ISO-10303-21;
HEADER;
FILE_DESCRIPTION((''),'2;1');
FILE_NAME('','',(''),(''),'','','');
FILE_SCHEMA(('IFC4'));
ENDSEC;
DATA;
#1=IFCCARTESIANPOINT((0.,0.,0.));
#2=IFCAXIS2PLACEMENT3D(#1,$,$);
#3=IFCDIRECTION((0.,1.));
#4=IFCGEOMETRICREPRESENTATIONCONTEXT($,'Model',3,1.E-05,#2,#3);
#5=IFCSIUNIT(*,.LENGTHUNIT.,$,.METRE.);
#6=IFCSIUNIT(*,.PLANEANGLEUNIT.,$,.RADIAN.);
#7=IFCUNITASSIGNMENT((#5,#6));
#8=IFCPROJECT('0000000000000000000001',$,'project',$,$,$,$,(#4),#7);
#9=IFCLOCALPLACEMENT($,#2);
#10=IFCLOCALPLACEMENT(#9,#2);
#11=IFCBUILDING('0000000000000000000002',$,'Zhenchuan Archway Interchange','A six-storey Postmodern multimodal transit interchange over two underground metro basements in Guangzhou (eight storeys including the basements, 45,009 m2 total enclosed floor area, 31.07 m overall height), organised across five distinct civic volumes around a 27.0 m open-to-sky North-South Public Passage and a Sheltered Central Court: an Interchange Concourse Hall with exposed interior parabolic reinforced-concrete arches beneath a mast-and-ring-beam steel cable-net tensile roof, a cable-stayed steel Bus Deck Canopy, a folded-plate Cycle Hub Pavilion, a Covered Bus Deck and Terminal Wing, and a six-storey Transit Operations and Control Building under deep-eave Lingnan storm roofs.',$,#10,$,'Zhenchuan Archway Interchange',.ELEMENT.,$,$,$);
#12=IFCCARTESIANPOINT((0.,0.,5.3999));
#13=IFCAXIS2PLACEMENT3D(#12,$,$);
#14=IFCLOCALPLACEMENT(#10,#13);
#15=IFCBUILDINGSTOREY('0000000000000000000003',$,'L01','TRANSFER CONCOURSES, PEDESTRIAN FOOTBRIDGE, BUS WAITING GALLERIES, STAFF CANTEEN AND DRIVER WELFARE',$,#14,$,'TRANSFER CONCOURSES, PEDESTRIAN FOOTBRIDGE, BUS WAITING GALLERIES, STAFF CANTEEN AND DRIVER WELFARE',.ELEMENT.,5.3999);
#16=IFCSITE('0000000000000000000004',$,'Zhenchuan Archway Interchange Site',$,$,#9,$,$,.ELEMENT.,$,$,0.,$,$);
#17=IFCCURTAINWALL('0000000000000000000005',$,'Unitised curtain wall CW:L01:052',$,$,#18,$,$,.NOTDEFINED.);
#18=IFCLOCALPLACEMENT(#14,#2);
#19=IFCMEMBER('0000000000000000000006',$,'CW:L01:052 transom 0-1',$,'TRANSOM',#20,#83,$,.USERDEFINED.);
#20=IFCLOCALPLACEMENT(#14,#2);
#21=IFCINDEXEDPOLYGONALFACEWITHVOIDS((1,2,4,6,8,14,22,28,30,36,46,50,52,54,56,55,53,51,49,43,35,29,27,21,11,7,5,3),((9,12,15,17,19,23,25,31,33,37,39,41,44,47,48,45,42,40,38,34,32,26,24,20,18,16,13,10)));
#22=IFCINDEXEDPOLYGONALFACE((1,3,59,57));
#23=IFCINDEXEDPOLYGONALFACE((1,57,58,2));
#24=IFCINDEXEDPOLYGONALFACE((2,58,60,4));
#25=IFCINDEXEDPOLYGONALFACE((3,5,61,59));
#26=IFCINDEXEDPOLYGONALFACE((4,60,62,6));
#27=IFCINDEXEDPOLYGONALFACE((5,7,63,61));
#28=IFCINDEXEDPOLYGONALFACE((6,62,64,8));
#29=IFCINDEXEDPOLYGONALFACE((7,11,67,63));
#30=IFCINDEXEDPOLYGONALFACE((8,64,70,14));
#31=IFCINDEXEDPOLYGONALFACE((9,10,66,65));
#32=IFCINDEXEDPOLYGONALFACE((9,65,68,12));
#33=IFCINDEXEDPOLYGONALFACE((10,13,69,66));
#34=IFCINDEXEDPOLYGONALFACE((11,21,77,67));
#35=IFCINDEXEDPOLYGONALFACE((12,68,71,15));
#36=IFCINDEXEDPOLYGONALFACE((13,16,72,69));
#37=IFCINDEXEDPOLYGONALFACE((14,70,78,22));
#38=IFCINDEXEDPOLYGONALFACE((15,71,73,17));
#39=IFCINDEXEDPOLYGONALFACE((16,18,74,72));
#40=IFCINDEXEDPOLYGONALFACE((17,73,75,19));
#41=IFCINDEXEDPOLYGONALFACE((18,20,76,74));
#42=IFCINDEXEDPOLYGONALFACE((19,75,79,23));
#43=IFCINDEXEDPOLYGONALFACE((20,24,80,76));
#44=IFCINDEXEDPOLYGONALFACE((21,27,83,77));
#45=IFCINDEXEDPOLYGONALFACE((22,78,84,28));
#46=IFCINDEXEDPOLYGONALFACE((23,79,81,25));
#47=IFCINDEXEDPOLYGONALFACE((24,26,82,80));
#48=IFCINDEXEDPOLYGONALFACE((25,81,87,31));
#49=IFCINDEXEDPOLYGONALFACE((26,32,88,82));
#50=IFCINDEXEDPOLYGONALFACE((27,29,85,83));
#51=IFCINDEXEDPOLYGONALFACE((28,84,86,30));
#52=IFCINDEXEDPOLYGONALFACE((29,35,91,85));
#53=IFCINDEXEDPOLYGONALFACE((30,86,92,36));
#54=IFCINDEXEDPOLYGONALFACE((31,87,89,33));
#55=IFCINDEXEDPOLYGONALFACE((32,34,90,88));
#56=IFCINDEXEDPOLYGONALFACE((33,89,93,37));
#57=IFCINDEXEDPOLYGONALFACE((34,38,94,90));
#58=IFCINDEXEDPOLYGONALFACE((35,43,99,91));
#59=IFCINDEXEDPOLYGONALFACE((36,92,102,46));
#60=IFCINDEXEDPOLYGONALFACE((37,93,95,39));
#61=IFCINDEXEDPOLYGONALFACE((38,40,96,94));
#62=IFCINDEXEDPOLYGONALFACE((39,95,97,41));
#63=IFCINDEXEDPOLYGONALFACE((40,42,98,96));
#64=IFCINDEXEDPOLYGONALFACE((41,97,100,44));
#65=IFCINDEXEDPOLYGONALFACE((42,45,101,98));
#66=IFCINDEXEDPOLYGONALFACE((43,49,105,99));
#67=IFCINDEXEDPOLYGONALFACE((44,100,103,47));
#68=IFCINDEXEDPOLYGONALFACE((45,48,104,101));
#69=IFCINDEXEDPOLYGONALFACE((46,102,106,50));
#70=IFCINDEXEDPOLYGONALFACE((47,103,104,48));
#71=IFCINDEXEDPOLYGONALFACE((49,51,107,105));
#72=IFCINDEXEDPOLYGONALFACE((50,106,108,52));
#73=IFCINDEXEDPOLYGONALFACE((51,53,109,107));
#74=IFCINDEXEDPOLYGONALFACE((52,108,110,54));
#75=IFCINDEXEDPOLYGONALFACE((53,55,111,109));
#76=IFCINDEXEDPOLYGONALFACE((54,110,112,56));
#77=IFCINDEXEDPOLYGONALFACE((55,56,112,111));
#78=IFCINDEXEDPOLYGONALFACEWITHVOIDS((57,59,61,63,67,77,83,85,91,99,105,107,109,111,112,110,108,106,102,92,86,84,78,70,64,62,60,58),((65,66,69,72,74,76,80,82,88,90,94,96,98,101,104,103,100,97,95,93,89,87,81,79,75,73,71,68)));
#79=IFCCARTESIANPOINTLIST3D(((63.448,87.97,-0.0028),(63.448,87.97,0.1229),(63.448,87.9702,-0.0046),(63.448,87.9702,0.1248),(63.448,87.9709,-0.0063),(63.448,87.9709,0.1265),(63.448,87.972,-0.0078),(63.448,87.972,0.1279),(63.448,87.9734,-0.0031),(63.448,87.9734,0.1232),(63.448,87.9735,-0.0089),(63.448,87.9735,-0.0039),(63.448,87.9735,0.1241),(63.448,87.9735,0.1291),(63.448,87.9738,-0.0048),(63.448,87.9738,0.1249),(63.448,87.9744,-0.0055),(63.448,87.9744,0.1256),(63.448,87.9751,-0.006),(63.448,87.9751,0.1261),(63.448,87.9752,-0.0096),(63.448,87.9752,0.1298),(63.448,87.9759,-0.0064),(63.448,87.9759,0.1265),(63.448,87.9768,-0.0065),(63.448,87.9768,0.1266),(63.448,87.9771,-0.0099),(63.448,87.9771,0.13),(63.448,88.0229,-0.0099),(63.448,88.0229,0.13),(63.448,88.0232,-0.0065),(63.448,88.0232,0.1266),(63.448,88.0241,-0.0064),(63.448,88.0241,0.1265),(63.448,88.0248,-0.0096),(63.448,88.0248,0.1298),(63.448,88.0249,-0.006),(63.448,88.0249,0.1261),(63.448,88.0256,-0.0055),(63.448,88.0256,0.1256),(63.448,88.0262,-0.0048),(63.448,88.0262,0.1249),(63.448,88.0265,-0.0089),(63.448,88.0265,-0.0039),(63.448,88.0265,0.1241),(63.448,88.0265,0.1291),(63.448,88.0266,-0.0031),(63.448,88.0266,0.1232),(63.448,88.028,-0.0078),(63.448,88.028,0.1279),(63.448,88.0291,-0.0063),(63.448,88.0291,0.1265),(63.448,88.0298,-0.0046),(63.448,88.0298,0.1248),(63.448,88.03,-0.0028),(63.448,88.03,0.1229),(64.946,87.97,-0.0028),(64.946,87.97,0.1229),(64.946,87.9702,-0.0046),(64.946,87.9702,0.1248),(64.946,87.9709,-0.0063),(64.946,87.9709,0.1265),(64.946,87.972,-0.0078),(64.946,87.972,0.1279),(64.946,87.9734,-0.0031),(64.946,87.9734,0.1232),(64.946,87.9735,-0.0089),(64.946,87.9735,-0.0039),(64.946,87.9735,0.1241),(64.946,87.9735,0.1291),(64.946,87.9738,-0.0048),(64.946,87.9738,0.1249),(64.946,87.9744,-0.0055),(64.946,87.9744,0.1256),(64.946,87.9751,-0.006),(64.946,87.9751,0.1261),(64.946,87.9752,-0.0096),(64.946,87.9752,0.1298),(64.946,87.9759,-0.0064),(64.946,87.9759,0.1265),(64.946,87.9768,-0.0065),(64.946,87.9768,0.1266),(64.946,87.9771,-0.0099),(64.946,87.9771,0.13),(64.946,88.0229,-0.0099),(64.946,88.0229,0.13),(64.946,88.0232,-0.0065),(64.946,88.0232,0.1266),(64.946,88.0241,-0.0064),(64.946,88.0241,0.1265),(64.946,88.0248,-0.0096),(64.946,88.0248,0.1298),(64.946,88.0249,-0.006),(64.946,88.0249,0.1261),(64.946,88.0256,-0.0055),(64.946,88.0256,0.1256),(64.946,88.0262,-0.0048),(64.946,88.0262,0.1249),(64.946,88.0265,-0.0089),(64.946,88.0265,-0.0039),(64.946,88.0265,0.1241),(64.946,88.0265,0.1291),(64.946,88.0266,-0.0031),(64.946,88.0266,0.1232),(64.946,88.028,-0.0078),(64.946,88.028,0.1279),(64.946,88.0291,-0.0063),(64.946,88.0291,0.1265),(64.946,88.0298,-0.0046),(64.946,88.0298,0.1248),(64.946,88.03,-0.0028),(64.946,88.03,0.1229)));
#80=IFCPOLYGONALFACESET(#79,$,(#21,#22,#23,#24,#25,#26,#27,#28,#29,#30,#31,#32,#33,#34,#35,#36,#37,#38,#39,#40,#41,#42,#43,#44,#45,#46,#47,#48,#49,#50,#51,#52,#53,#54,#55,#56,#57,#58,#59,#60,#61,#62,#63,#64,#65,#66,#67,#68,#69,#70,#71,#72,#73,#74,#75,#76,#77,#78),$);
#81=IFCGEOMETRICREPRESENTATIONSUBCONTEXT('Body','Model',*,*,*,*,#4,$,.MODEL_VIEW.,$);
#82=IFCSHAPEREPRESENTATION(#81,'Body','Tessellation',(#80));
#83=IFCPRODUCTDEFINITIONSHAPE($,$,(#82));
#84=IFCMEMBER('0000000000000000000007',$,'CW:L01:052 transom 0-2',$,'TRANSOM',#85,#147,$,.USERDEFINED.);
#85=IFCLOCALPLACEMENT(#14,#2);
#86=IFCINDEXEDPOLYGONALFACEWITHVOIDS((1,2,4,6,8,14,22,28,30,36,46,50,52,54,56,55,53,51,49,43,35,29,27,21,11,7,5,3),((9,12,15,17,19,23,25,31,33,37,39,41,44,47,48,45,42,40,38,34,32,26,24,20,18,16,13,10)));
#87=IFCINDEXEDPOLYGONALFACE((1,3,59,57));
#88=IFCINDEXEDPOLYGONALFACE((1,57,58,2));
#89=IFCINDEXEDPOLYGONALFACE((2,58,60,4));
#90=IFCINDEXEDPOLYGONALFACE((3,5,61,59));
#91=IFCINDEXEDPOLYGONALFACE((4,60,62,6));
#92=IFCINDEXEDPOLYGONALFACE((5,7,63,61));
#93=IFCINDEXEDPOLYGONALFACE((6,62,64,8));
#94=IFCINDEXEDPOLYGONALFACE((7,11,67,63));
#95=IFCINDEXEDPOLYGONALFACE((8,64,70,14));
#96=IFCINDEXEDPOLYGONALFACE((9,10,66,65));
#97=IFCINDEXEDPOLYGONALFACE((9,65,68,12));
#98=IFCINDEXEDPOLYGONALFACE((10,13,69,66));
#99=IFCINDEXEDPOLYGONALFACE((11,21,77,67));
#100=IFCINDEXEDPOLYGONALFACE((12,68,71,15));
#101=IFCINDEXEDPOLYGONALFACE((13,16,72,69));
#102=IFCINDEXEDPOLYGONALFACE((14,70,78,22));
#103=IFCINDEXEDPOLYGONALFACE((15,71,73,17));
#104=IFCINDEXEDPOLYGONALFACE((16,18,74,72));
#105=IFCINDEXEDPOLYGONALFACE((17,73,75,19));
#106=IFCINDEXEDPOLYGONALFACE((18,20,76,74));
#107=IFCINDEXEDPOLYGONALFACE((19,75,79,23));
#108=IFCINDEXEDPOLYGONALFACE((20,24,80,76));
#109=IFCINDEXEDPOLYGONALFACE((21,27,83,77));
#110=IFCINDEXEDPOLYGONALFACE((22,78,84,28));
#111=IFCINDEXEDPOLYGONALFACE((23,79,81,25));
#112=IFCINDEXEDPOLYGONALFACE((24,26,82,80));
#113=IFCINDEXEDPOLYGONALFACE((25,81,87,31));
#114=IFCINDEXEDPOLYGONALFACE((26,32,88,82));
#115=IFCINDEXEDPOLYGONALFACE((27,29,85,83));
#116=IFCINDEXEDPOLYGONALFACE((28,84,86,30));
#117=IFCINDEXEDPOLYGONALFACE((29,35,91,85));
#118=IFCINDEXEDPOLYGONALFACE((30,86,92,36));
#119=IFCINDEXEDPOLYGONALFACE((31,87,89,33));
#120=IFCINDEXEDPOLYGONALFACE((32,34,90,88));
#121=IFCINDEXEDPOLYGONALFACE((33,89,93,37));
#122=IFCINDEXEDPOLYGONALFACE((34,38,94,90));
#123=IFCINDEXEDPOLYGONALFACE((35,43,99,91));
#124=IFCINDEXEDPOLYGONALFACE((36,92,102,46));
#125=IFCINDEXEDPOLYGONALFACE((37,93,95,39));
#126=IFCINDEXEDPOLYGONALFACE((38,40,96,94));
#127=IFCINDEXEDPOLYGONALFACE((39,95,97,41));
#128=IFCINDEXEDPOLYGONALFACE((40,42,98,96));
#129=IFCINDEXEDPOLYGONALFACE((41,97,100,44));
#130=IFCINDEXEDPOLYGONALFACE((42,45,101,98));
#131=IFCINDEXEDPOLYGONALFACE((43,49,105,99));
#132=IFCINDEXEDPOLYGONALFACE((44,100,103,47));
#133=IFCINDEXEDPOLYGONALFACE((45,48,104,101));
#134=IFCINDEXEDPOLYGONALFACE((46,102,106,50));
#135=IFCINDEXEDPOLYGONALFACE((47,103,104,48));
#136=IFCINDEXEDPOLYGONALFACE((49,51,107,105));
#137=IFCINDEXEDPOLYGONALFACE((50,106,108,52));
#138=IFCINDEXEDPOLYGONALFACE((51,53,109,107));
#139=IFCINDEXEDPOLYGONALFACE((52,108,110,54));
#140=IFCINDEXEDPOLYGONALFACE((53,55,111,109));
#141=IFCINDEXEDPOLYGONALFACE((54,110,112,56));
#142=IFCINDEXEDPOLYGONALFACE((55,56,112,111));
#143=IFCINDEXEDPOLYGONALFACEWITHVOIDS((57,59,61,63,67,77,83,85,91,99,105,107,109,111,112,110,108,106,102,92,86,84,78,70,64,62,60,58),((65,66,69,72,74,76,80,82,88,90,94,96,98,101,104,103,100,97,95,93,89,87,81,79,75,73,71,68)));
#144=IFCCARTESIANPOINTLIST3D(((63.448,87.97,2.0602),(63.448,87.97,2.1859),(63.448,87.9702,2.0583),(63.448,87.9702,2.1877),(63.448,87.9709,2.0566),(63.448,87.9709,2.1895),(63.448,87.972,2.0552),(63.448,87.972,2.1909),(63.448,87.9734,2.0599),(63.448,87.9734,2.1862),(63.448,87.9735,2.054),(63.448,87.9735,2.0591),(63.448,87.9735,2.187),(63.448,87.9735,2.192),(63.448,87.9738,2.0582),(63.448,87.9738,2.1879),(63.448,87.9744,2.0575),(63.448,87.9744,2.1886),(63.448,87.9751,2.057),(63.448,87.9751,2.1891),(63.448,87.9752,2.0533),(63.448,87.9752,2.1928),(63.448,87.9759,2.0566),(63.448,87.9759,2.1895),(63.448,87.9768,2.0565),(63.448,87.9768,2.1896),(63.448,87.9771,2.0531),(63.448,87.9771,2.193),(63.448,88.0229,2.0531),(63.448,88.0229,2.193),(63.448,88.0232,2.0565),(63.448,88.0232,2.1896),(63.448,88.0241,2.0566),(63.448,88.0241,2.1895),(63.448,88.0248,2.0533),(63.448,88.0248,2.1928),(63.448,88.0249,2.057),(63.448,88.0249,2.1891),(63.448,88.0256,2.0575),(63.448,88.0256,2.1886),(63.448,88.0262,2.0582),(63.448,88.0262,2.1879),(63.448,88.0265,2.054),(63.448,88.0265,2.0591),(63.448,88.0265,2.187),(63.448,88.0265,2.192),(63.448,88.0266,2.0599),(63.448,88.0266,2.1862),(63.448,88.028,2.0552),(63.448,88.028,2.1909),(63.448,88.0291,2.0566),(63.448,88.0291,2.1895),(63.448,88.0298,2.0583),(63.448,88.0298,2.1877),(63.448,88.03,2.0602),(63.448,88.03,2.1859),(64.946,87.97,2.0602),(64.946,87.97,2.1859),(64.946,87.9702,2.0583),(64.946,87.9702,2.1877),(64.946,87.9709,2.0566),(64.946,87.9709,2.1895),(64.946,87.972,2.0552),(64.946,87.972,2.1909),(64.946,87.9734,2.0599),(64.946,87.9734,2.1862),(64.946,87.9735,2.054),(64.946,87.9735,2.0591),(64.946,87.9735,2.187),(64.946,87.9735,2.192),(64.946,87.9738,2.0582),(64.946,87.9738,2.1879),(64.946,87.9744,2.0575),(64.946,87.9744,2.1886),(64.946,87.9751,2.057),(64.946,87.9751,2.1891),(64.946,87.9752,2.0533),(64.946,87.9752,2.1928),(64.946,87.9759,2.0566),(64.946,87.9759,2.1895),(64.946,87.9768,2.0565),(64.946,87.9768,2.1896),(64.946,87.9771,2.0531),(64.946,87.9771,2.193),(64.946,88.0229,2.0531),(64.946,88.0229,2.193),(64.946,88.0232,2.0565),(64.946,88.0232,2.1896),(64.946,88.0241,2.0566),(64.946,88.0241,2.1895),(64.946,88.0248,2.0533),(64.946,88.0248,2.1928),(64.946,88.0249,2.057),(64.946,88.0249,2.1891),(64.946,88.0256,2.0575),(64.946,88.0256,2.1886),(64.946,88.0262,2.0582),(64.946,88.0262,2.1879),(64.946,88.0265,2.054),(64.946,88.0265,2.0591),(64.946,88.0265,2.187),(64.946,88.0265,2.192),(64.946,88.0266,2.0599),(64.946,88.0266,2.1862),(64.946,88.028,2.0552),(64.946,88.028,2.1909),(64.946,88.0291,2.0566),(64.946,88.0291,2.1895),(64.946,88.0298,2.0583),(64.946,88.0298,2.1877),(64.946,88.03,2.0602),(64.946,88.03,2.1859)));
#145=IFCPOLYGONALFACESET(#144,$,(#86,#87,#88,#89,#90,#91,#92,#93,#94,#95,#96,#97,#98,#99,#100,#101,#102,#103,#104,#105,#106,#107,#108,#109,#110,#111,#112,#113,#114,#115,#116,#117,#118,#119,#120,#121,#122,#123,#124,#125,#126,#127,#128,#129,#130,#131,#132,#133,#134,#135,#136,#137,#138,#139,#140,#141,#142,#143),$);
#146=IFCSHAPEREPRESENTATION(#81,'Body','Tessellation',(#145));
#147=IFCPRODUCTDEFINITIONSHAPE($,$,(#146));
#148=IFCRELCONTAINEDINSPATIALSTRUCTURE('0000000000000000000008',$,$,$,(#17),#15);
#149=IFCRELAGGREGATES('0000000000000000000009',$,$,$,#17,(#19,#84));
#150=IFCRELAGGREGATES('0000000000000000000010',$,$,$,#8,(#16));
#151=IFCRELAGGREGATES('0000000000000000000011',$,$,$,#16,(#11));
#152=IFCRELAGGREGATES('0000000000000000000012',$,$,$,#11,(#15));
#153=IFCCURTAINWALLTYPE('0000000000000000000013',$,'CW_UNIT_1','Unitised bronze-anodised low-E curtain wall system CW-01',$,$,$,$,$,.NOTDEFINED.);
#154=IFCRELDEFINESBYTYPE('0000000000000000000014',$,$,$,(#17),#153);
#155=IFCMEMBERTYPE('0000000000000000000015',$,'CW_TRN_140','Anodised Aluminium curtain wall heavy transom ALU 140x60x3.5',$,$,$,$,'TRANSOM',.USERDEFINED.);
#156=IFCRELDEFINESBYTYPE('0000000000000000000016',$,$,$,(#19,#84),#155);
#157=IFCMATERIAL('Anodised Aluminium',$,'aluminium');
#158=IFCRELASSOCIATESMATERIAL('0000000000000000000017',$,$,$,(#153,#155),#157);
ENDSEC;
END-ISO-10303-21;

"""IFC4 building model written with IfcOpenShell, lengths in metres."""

from ifc_helpers import new_model, si_unit, direction, frame, origin, origin_2d, place, context, subcontext, project, spatial, hollow_rectangle, extrude, material, material_profile, profile_set, type_object, element, aggregate, save


model = new_model("IFC4")

# Units and contexts
model_context = context("Model", 3, precision=1e-05, world=origin(), true_north=direction((0.0, 1.0)))
body_context = subcontext(model_context, "Body", "Model", "MODEL_VIEW")
ifc_project = project(units=[si_unit("LENGTHUNIT", "METRE"), si_unit("PLANEANGLEUNIT", "RADIAN")], contexts=[model_context])

# Site, building, storey
site_placement = place(None, origin())
site = spatial("IfcSite", under=ifc_project, at=site_placement, Name="Zhenchuan Archway Interchange Site", CompositionType="ELEMENT", RefElevation=0.0)
building_placement = place(site_placement, origin())
building = spatial("IfcBuilding", under=site, at=building_placement, Name="Zhenchuan Archway Interchange", Description="A six-storey Postmodern multimodal transit interchange over two underground metro basements in Guangzhou (eight storeys including the basements, 45,009 m2 total enclosed floor area, 31.07 m overall height), organised across five distinct civic volumes around a 27.0 m open-to-sky North-South Public Passage and a Sheltered Central Court: an Interchange Concourse Hall with exposed interior parabolic reinforced-concrete arches beneath a mast-and-ring-beam steel cable-net tensile roof, a cable-stayed steel Bus Deck Canopy, a folded-plate Cycle Hub Pavilion, a Covered Bus Deck and Terminal Wing, and a six-storey Transit Operations and Control Building under deep-eave Lingnan storm roofs.", LongName="Zhenchuan Archway Interchange", CompositionType="ELEMENT")
storey_placement = place(building_placement, frame((0.0, 0.0, 5.3999)))
storey = spatial("IfcBuildingStorey", under=building, at=storey_placement, Name="L01", Description="TRANSFER CONCOURSES, PEDESTRIAN FOOTBRIDGE, BUS WAITING GALLERIES, STAFF CANTEEN AND DRIVER WELFARE", LongName="TRANSFER CONCOURSES, PEDESTRIAN FOOTBRIDGE, BUS WAITING GALLERIES, STAFF CANTEEN AND DRIVER WELFARE", CompositionType="ELEMENT", Elevation=5.3999)

# Curtain wall, members
ifc_material_1 = material(Name="Anodised Aluminium", Category="aluminium")
curtain_wall_type = type_object("IfcCurtainWallType", Name="CW_UNIT_1", Description="Unitised bronze-anodised low-E curtain wall system CW-01", PredefinedType="NOTDEFINED", material=ifc_material_1)
curtain_wall_placement = place(storey_placement, origin())
curtain_wall = element("IfcCurtainWall", 1, at=curtain_wall_placement, inside=storey, type_object=curtain_wall_type, Name="Unitised curtain wall CW:L01:052", PredefinedType="NOTDEFINED")
ifc_material_profile_1 = material_profile(ifc_material_1, hollow_rectangle(XDim=0.0601, YDim=0.1399, WallThickness=0.0034, InnerFilletRadius=0.0034, OuterFilletRadius=0.0071, at=origin_2d()), Name="ALU 140x60x3.5")
ifc_profile_set_1 = profile_set([ifc_material_profile_1], Name="Anodised Aluminium")
member_type_1 = type_object("IfcMemberType", Name="CW_TRN_140", Description="Anodised Aluminium curtain wall heavy transom ALU 140x60x3.5", ElementType="TRANSOM", PredefinedType="USERDEFINED", material=ifc_profile_set_1)
member_1_placement = place(storey_placement, frame((63.448, 88.0, 0.0601), z_axis=(1.0, 0.0, 0.0), x_axis=(0.0, 1.0, 0.0)))
member_1 = element("IfcMember", 2, at=member_1_placement, type_object=member_type_1, Name="CW:L01:052 transom 0-1", ObjectType="TRANSOM", PredefinedType="USERDEFINED", context=body_context, shape_type="SweptSolid", body=[
    extrude(hollow_rectangle(XDim=0.0601, YDim=0.1399, WallThickness=0.0034, InnerFilletRadius=0.0034, OuterFilletRadius=0.0071, at=origin_2d()), origin(), (0.0, 0.0, 1.0), 1.498),
])
member_2_placement = place(storey_placement, frame((63.448, 88.0, 2.123), z_axis=(1.0, 0.0, 0.0), x_axis=(0.0, 1.0, 0.0)))
member_2 = element("IfcMember", 3, at=member_2_placement, type_object=member_type_1, Name="CW:L01:052 transom 0-2", ObjectType="TRANSOM", PredefinedType="USERDEFINED", context=body_context, shape_type="SweptSolid", body=[
    extrude(hollow_rectangle(XDim=0.0601, YDim=0.1399, WallThickness=0.0034, InnerFilletRadius=0.0034, OuterFilletRadius=0.0071, at=origin_2d()), origin(), (0.0, 0.0, 1.0), 1.498),
])

aggregate(curtain_wall, [member_1, member_2])

save(model, "model.ifc")
